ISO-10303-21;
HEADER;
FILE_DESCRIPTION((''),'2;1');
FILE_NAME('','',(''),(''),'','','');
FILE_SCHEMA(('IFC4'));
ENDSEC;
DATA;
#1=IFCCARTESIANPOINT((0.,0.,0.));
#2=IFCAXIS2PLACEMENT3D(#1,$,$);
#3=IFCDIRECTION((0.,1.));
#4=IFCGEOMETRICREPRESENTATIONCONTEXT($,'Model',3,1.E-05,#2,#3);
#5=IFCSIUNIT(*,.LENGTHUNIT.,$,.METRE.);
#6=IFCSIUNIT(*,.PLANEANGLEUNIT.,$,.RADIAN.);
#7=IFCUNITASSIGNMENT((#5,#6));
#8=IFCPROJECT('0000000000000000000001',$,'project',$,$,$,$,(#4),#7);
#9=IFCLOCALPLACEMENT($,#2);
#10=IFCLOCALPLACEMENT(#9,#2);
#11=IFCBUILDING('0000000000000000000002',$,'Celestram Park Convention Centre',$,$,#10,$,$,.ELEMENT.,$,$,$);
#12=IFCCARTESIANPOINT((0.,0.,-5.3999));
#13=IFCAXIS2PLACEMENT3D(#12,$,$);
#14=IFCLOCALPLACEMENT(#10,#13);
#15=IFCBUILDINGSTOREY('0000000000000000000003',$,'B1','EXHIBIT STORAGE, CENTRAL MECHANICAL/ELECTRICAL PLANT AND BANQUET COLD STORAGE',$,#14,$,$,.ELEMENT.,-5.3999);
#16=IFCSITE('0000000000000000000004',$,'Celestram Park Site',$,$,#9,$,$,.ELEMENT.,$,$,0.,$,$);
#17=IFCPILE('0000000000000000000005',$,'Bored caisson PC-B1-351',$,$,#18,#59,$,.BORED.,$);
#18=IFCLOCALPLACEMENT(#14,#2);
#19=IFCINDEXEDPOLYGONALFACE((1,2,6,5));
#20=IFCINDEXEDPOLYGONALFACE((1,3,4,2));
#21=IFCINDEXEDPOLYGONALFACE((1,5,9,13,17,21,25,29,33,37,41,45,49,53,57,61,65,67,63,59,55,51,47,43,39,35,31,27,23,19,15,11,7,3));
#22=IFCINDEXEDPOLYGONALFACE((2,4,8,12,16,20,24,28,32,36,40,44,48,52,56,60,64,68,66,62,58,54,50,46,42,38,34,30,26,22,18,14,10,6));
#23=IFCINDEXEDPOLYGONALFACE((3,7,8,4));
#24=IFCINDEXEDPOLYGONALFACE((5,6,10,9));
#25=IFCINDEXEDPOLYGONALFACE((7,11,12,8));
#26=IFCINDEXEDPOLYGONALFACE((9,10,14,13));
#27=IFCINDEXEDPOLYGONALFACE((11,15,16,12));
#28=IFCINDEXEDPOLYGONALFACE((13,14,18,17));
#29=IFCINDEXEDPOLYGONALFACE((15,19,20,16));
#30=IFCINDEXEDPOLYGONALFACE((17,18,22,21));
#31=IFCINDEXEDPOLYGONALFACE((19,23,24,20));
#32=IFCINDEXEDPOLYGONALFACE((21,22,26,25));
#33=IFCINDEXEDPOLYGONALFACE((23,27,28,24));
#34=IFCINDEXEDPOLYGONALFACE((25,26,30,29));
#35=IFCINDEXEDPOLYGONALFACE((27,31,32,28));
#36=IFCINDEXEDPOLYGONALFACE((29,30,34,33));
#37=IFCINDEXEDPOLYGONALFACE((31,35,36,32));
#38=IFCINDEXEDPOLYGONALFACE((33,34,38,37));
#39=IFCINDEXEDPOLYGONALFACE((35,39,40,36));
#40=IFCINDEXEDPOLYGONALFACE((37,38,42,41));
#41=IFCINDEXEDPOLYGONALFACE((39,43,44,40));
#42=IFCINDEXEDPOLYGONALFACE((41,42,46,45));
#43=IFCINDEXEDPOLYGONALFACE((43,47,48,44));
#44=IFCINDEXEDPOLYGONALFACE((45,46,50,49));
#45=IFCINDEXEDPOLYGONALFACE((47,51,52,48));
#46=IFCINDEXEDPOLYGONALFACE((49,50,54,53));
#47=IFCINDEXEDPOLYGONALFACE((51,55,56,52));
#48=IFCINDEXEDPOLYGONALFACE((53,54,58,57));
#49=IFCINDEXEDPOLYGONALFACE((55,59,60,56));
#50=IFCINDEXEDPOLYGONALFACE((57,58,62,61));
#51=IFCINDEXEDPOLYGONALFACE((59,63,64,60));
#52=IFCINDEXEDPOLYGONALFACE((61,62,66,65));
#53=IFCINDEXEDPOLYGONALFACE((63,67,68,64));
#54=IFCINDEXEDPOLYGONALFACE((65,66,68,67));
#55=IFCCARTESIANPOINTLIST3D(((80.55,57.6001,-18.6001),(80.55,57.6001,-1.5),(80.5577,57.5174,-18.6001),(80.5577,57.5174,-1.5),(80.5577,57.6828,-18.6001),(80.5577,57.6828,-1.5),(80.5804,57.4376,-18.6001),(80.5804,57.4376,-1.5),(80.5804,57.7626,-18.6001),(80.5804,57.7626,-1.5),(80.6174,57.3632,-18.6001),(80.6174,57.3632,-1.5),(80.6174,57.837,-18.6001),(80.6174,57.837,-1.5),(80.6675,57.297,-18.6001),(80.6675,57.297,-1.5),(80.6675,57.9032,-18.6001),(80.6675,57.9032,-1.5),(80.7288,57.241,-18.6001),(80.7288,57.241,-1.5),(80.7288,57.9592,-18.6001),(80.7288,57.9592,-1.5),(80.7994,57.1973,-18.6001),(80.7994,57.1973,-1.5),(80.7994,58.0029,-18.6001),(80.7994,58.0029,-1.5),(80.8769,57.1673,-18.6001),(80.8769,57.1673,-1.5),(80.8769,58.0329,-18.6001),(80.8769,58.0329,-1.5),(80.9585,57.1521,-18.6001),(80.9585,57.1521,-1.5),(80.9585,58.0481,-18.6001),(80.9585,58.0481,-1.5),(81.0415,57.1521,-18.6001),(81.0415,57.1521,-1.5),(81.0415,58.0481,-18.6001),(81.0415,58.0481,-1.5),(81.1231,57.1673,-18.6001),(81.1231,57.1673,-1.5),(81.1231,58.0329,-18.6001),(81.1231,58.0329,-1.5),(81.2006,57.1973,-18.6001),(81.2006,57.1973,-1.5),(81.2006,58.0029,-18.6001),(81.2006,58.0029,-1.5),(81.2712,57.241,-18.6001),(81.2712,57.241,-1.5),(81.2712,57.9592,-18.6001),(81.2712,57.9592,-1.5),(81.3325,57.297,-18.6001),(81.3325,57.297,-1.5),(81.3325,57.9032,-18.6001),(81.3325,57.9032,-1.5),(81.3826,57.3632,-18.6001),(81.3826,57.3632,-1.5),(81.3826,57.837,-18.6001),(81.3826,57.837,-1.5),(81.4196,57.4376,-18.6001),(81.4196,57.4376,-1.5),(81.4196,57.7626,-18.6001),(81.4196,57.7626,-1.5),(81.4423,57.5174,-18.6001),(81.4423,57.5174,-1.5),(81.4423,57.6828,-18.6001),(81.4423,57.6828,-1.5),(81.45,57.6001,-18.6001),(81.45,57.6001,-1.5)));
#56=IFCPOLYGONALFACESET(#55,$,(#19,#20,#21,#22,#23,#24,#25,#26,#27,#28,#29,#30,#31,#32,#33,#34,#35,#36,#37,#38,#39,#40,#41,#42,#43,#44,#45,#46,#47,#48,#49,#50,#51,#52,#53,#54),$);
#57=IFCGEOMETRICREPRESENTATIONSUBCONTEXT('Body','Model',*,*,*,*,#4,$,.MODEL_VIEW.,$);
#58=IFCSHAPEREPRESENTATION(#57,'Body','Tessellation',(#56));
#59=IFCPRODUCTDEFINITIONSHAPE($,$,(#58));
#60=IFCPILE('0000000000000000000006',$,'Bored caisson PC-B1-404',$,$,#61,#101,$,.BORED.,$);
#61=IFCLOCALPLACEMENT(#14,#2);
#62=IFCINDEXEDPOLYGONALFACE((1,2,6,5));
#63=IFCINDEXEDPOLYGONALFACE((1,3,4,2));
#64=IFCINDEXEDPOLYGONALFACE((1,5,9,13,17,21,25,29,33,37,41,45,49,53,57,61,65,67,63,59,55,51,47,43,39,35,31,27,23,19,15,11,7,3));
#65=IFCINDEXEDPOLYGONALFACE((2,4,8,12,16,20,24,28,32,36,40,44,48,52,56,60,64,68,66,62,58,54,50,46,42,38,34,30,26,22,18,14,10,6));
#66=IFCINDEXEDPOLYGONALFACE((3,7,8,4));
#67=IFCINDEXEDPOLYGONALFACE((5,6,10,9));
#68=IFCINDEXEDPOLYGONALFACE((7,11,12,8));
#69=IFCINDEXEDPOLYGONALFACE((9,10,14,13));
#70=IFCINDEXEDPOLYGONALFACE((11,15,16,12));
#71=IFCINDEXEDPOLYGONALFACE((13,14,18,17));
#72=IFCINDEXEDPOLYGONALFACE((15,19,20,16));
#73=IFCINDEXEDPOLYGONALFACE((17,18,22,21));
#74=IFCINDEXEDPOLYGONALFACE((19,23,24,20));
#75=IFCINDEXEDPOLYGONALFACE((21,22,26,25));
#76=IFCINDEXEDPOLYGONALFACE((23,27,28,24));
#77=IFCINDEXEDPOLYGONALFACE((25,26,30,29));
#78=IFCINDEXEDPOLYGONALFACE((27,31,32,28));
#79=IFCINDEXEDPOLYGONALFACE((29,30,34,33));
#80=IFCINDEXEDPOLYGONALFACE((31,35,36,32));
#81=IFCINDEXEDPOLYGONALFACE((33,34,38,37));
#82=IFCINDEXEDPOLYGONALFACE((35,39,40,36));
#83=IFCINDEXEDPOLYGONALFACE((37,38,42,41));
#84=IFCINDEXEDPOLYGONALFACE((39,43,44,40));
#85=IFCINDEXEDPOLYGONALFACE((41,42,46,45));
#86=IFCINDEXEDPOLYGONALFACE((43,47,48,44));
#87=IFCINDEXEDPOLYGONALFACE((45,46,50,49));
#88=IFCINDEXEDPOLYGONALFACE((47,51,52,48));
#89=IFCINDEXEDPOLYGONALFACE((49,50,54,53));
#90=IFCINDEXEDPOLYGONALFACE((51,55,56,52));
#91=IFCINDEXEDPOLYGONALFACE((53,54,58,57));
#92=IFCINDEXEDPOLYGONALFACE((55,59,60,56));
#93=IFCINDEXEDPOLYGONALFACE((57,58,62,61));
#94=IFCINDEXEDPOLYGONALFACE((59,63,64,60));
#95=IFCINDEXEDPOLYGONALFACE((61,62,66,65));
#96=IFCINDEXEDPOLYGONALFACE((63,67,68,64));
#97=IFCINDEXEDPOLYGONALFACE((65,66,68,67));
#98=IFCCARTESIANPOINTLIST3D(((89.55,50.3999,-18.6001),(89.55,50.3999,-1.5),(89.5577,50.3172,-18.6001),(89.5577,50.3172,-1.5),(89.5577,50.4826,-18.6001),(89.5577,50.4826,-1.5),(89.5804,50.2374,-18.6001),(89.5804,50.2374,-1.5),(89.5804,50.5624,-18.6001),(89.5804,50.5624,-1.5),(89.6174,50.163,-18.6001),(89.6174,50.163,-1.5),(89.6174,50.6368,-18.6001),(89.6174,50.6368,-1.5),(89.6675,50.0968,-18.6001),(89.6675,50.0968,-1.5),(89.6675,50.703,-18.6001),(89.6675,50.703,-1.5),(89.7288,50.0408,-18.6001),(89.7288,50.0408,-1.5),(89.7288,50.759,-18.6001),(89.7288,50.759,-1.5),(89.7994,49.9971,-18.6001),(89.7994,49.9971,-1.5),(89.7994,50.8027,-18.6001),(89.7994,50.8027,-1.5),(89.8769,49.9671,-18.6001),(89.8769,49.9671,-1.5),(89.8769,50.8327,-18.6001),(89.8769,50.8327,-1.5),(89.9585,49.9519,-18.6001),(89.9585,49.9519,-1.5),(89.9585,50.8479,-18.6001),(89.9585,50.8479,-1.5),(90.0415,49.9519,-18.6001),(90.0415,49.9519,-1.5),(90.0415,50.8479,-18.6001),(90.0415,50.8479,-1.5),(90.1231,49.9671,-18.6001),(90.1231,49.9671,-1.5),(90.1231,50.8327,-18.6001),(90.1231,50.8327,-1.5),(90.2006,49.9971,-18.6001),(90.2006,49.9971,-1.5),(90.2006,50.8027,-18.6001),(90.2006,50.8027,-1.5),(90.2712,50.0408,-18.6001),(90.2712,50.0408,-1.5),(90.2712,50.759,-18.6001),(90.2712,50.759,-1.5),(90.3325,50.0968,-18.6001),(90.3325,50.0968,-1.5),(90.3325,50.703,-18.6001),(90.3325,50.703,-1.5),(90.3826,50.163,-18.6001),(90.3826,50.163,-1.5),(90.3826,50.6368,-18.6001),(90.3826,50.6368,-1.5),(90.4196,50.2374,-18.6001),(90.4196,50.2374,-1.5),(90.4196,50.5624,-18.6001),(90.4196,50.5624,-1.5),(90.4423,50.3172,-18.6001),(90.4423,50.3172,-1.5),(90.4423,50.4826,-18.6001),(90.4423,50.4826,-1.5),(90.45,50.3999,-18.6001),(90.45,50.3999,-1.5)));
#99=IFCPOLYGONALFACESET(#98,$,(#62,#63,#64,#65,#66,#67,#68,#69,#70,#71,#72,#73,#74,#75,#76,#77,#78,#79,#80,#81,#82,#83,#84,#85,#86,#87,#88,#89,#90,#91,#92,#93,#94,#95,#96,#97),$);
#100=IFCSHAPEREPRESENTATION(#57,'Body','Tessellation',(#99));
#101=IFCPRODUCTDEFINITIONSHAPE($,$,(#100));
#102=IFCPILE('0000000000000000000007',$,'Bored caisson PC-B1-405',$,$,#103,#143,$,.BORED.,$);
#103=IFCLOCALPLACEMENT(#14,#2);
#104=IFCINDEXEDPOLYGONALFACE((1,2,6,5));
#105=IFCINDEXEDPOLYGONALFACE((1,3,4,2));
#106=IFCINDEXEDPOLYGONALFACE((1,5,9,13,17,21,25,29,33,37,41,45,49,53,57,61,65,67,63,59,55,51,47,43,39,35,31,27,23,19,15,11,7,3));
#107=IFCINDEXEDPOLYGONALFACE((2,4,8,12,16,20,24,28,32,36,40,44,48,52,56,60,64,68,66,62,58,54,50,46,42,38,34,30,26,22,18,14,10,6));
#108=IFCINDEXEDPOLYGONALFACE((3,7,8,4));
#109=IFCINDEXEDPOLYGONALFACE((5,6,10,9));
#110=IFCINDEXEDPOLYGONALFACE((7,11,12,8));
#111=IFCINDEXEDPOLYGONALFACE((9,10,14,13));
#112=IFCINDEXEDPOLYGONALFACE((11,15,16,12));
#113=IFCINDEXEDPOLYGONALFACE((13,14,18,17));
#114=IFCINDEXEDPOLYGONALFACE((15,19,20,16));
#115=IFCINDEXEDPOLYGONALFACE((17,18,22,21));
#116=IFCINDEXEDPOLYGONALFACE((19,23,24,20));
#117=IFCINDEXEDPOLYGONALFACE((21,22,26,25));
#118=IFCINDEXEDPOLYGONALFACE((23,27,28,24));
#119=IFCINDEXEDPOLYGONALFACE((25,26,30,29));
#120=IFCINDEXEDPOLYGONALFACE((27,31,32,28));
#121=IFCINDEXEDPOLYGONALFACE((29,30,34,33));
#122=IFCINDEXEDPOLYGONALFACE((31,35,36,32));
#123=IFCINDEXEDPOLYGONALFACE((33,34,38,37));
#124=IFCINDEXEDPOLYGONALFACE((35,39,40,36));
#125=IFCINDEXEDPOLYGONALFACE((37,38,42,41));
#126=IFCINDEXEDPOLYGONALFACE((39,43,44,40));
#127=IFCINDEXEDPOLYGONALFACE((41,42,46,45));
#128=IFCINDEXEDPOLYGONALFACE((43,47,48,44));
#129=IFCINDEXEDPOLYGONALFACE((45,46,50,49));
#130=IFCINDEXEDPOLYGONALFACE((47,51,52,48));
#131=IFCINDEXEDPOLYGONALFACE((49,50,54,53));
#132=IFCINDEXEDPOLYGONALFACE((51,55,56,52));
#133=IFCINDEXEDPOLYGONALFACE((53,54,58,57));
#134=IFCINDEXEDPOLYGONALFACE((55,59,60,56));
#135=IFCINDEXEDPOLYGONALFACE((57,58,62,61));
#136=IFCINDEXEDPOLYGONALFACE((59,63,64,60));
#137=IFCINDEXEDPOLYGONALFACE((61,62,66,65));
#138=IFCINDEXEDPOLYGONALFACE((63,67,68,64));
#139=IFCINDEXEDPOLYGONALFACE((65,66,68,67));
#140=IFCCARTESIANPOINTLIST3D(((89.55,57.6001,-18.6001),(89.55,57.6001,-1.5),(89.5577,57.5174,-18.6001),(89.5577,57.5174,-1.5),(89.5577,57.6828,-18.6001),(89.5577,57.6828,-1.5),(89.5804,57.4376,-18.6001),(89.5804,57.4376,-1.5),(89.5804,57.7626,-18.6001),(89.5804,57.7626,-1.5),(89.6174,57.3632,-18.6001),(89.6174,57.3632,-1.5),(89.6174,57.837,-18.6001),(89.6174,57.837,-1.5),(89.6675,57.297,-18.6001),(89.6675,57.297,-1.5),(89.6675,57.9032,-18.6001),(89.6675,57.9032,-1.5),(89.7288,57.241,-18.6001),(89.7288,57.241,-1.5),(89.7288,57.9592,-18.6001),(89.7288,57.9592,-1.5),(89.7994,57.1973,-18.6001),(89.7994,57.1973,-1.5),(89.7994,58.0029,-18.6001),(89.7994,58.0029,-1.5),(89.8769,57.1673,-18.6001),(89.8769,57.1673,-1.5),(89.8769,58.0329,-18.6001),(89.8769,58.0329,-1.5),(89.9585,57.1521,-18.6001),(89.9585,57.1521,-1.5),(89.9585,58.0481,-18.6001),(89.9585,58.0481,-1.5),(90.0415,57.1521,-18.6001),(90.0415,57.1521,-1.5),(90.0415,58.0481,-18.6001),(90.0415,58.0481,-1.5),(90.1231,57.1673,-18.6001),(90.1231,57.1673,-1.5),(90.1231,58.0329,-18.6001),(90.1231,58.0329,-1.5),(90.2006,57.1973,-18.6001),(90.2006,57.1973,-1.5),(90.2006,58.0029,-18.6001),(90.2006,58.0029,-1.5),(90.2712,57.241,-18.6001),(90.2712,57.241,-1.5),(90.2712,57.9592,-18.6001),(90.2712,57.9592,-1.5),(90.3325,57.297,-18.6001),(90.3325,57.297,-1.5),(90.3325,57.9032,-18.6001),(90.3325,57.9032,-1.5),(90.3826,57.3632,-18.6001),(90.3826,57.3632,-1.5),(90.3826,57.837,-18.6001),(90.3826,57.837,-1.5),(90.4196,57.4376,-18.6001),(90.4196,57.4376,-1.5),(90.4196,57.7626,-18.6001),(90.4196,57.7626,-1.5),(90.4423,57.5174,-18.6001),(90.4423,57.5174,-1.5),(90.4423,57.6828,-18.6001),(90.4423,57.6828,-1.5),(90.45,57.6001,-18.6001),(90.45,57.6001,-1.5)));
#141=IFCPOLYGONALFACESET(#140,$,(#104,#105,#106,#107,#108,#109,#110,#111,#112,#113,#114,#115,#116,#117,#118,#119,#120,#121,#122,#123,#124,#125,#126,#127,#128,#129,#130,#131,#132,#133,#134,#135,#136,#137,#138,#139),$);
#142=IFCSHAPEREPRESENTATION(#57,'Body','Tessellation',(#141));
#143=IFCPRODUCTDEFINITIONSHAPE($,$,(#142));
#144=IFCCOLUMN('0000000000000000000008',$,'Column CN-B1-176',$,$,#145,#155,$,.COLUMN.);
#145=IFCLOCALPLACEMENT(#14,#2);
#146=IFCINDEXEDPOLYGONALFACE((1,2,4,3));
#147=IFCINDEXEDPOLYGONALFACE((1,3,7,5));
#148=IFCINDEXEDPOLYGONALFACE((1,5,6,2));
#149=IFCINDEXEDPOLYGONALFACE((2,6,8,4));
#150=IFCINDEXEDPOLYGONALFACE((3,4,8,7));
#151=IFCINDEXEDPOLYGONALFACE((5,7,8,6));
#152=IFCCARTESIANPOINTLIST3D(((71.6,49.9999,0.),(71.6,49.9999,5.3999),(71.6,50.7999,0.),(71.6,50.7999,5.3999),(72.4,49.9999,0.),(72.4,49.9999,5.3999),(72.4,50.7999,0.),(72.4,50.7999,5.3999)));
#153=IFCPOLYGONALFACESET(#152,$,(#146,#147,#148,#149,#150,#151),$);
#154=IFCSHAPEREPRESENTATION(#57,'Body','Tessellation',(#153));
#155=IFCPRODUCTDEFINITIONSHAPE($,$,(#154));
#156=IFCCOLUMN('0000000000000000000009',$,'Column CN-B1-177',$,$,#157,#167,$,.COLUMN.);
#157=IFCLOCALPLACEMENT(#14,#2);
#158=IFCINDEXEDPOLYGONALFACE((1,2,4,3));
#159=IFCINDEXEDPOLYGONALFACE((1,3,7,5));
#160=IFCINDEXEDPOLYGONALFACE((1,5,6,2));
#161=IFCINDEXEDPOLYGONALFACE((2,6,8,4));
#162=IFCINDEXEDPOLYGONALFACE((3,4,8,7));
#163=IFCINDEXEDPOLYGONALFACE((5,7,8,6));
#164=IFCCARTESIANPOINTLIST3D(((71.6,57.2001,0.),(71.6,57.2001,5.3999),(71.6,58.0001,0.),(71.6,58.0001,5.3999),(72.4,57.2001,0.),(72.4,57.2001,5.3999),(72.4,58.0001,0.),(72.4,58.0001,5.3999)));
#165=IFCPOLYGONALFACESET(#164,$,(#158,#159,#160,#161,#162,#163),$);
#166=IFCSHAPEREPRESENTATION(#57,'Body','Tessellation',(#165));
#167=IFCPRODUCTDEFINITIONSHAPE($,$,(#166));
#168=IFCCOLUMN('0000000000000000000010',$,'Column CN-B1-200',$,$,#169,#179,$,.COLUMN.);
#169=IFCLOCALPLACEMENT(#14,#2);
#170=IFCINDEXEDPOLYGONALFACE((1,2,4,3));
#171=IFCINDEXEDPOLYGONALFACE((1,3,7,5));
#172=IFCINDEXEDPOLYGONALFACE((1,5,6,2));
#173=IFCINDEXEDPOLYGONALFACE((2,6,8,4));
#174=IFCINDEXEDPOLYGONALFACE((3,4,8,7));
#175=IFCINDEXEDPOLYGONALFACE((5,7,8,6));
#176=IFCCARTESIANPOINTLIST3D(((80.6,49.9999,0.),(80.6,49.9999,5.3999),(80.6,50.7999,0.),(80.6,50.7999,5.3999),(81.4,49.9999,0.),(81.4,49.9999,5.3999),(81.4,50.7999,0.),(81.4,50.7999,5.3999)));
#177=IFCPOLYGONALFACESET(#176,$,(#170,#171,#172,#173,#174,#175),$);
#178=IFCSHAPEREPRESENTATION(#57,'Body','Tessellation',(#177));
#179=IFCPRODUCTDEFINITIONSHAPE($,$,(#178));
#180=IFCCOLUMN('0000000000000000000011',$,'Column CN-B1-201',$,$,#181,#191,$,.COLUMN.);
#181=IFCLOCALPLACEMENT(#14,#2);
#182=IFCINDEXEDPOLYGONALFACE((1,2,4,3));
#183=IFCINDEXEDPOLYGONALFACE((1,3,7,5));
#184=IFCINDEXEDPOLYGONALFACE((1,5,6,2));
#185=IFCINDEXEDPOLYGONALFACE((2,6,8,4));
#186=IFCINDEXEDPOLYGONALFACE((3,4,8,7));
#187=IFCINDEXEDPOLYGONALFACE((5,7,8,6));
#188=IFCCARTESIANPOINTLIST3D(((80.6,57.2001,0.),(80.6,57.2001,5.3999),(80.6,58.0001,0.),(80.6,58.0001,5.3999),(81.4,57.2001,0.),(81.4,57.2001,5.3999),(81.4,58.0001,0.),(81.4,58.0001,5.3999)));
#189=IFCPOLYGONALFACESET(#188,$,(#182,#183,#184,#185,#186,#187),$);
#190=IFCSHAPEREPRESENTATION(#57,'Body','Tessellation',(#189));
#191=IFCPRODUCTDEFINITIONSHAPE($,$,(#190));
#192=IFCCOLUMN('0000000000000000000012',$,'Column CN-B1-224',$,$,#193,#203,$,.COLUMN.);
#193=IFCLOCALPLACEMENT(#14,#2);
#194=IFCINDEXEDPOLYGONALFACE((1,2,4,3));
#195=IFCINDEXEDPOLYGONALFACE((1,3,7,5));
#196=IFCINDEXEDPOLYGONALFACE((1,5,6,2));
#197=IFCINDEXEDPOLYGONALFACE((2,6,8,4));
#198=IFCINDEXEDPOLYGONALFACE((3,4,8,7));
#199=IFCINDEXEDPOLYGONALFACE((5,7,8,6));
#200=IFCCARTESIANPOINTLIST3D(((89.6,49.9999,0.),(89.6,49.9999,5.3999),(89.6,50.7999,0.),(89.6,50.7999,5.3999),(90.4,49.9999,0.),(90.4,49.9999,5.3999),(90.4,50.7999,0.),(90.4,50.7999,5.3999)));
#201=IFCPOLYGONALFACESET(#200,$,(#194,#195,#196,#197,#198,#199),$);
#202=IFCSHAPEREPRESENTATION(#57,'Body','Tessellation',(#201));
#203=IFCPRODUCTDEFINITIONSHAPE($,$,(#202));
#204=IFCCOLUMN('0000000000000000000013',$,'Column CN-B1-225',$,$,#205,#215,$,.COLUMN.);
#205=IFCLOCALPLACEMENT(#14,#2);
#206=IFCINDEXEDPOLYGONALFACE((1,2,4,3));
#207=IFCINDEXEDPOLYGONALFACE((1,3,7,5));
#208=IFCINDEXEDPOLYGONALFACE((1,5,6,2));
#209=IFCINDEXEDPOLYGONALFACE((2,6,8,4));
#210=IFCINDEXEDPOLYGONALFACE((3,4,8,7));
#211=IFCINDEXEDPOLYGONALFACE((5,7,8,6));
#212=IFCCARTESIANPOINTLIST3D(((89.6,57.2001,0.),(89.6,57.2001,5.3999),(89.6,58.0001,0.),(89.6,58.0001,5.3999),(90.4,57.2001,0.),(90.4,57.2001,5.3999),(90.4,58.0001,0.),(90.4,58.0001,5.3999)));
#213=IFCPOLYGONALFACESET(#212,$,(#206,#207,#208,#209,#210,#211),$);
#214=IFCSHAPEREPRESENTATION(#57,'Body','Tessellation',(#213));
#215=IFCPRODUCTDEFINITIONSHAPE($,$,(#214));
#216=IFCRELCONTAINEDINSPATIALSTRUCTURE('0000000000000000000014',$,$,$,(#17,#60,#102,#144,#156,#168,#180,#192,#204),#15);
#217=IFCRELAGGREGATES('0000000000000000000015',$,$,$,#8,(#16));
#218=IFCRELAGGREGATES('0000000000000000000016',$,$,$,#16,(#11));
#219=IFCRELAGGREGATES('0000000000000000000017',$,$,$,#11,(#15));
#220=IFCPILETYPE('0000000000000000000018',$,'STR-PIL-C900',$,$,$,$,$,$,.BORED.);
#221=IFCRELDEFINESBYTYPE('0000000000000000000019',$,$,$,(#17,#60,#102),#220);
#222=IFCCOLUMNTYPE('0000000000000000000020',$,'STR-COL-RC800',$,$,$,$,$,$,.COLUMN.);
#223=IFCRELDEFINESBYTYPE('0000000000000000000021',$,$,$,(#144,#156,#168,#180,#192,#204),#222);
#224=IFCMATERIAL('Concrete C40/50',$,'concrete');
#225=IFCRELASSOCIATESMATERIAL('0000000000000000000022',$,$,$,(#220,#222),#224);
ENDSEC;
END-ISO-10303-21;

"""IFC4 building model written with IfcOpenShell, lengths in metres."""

from ifc_helpers import new_model, si_unit, direction, frame, origin, origin_2d, place, context, subcontext, project, spatial, rectangle, circle, extrude, material, material_profile, profile_set, type_object, element, save


model = new_model("IFC4")

# Units and contexts
model_context = context("Model", 3, precision=1e-05, world=origin(), true_north=direction((0.0, 1.0)))
body_context = subcontext(model_context, "Body", "Model", "MODEL_VIEW")
ifc_project = project(units=[si_unit("LENGTHUNIT", "METRE"), si_unit("PLANEANGLEUNIT", "RADIAN")], contexts=[model_context])

# Site, building, storey
site_placement = place(None, origin())
site = spatial("IfcSite", under=ifc_project, at=site_placement, Name="Celestram Park Site", CompositionType="ELEMENT", RefElevation=0.0)
building_placement = place(site_placement, origin())
building = spatial("IfcBuilding", under=site, at=building_placement, Name="Celestram Park Convention Centre", CompositionType="ELEMENT")
storey_placement = place(building_placement, frame((0.0, 0.0, -5.3999)))
storey = spatial("IfcBuildingStorey", under=building, at=storey_placement, Name="B1", Description="EXHIBIT STORAGE, CENTRAL MECHANICAL/ELECTRICAL PLANT AND BANQUET COLD STORAGE", CompositionType="ELEMENT", Elevation=-5.3999)

# Shared definitions
ifc_material_1 = material(Name="Concrete C40/50", Category="concrete")

# Piles
ifc_material_profile_1 = material_profile(ifc_material_1, circle(Radius=0.45, at=origin_2d()), Name="CAISSON900")
ifc_profile_set_1 = profile_set([ifc_material_profile_1], Name="Concrete C40/50")
pile_type = type_object("IfcPileType", Name="STR-PIL-C900", PredefinedType="BORED", material=ifc_profile_set_1)
for number, where, z_axis, x_axis, name in (
    (1, (81.0, 57.6001, -1.5), (0.0, 0.0, -1.0), (1.0, 0.0, 0.0), "Bored caisson PC-B1-351"),
    (2, (90.0, 50.3999, -1.5), (0.0, 0.0, -1.0), (1.0, 0.0, 0.0), "Bored caisson PC-B1-404"),
    (3, (90.0, 57.6001, -1.5), (0.0, 0.0, -1.0), (1.0, 0.0, 0.0), "Bored caisson PC-B1-405"),
):
    element("IfcPile", number, at=place(storey_placement, frame(where, z_axis=z_axis, x_axis=x_axis)), inside=storey, type_object=pile_type, Name=name, PredefinedType="BORED", context=body_context, shape_type="SweptSolid", body=[
        extrude(circle(Radius=0.45, at=origin_2d()), origin(), (0.0, 0.0, 1.0), 17.1001),
    ])

# Columns
ifc_material_profile_2 = material_profile(ifc_material_1, rectangle(XDim=0.8, YDim=0.8, at=origin_2d()), Name="RC800X800")
ifc_profile_set_2 = profile_set([ifc_material_profile_2], Name="Concrete C40/50")
column_type = type_object("IfcColumnType", Name="STR-COL-RC800", PredefinedType="COLUMN", material=ifc_profile_set_2)
for number, where, z_axis, x_axis, name in (
    (4, (72.0, 50.3999, 0.0), (0.0, 0.0, 1.0), (1.0, 0.0, 0.0), "Column CN-B1-176"),
    (5, (72.0, 57.6001, 0.0), (0.0, 0.0, 1.0), (1.0, 0.0, 0.0), "Column CN-B1-177"),
    (6, (81.0, 50.3999, 0.0), (0.0, 0.0, 1.0), (1.0, 0.0, 0.0), "Column CN-B1-200"),
    (7, (81.0, 57.6001, 0.0), (0.0, 0.0, 1.0), (1.0, 0.0, 0.0), "Column CN-B1-201"),
    (8, (90.0, 50.3999, 0.0), (0.0, 0.0, 1.0), (1.0, 0.0, 0.0), "Column CN-B1-224"),
    (9, (90.0, 57.6001, 0.0), (0.0, 0.0, 1.0), (1.0, 0.0, 0.0), "Column CN-B1-225"),
):
    element("IfcColumn", number, at=place(storey_placement, frame(where, z_axis=z_axis, x_axis=x_axis)), inside=storey, type_object=column_type, Name=name, PredefinedType="COLUMN", context=body_context, shape_type="SweptSolid", body=[
        extrude(rectangle(XDim=0.8, YDim=0.8, at=origin_2d()), origin(), (0.0, 0.0, 1.0), 5.3999),
    ])

save(model, "model.ifc")
